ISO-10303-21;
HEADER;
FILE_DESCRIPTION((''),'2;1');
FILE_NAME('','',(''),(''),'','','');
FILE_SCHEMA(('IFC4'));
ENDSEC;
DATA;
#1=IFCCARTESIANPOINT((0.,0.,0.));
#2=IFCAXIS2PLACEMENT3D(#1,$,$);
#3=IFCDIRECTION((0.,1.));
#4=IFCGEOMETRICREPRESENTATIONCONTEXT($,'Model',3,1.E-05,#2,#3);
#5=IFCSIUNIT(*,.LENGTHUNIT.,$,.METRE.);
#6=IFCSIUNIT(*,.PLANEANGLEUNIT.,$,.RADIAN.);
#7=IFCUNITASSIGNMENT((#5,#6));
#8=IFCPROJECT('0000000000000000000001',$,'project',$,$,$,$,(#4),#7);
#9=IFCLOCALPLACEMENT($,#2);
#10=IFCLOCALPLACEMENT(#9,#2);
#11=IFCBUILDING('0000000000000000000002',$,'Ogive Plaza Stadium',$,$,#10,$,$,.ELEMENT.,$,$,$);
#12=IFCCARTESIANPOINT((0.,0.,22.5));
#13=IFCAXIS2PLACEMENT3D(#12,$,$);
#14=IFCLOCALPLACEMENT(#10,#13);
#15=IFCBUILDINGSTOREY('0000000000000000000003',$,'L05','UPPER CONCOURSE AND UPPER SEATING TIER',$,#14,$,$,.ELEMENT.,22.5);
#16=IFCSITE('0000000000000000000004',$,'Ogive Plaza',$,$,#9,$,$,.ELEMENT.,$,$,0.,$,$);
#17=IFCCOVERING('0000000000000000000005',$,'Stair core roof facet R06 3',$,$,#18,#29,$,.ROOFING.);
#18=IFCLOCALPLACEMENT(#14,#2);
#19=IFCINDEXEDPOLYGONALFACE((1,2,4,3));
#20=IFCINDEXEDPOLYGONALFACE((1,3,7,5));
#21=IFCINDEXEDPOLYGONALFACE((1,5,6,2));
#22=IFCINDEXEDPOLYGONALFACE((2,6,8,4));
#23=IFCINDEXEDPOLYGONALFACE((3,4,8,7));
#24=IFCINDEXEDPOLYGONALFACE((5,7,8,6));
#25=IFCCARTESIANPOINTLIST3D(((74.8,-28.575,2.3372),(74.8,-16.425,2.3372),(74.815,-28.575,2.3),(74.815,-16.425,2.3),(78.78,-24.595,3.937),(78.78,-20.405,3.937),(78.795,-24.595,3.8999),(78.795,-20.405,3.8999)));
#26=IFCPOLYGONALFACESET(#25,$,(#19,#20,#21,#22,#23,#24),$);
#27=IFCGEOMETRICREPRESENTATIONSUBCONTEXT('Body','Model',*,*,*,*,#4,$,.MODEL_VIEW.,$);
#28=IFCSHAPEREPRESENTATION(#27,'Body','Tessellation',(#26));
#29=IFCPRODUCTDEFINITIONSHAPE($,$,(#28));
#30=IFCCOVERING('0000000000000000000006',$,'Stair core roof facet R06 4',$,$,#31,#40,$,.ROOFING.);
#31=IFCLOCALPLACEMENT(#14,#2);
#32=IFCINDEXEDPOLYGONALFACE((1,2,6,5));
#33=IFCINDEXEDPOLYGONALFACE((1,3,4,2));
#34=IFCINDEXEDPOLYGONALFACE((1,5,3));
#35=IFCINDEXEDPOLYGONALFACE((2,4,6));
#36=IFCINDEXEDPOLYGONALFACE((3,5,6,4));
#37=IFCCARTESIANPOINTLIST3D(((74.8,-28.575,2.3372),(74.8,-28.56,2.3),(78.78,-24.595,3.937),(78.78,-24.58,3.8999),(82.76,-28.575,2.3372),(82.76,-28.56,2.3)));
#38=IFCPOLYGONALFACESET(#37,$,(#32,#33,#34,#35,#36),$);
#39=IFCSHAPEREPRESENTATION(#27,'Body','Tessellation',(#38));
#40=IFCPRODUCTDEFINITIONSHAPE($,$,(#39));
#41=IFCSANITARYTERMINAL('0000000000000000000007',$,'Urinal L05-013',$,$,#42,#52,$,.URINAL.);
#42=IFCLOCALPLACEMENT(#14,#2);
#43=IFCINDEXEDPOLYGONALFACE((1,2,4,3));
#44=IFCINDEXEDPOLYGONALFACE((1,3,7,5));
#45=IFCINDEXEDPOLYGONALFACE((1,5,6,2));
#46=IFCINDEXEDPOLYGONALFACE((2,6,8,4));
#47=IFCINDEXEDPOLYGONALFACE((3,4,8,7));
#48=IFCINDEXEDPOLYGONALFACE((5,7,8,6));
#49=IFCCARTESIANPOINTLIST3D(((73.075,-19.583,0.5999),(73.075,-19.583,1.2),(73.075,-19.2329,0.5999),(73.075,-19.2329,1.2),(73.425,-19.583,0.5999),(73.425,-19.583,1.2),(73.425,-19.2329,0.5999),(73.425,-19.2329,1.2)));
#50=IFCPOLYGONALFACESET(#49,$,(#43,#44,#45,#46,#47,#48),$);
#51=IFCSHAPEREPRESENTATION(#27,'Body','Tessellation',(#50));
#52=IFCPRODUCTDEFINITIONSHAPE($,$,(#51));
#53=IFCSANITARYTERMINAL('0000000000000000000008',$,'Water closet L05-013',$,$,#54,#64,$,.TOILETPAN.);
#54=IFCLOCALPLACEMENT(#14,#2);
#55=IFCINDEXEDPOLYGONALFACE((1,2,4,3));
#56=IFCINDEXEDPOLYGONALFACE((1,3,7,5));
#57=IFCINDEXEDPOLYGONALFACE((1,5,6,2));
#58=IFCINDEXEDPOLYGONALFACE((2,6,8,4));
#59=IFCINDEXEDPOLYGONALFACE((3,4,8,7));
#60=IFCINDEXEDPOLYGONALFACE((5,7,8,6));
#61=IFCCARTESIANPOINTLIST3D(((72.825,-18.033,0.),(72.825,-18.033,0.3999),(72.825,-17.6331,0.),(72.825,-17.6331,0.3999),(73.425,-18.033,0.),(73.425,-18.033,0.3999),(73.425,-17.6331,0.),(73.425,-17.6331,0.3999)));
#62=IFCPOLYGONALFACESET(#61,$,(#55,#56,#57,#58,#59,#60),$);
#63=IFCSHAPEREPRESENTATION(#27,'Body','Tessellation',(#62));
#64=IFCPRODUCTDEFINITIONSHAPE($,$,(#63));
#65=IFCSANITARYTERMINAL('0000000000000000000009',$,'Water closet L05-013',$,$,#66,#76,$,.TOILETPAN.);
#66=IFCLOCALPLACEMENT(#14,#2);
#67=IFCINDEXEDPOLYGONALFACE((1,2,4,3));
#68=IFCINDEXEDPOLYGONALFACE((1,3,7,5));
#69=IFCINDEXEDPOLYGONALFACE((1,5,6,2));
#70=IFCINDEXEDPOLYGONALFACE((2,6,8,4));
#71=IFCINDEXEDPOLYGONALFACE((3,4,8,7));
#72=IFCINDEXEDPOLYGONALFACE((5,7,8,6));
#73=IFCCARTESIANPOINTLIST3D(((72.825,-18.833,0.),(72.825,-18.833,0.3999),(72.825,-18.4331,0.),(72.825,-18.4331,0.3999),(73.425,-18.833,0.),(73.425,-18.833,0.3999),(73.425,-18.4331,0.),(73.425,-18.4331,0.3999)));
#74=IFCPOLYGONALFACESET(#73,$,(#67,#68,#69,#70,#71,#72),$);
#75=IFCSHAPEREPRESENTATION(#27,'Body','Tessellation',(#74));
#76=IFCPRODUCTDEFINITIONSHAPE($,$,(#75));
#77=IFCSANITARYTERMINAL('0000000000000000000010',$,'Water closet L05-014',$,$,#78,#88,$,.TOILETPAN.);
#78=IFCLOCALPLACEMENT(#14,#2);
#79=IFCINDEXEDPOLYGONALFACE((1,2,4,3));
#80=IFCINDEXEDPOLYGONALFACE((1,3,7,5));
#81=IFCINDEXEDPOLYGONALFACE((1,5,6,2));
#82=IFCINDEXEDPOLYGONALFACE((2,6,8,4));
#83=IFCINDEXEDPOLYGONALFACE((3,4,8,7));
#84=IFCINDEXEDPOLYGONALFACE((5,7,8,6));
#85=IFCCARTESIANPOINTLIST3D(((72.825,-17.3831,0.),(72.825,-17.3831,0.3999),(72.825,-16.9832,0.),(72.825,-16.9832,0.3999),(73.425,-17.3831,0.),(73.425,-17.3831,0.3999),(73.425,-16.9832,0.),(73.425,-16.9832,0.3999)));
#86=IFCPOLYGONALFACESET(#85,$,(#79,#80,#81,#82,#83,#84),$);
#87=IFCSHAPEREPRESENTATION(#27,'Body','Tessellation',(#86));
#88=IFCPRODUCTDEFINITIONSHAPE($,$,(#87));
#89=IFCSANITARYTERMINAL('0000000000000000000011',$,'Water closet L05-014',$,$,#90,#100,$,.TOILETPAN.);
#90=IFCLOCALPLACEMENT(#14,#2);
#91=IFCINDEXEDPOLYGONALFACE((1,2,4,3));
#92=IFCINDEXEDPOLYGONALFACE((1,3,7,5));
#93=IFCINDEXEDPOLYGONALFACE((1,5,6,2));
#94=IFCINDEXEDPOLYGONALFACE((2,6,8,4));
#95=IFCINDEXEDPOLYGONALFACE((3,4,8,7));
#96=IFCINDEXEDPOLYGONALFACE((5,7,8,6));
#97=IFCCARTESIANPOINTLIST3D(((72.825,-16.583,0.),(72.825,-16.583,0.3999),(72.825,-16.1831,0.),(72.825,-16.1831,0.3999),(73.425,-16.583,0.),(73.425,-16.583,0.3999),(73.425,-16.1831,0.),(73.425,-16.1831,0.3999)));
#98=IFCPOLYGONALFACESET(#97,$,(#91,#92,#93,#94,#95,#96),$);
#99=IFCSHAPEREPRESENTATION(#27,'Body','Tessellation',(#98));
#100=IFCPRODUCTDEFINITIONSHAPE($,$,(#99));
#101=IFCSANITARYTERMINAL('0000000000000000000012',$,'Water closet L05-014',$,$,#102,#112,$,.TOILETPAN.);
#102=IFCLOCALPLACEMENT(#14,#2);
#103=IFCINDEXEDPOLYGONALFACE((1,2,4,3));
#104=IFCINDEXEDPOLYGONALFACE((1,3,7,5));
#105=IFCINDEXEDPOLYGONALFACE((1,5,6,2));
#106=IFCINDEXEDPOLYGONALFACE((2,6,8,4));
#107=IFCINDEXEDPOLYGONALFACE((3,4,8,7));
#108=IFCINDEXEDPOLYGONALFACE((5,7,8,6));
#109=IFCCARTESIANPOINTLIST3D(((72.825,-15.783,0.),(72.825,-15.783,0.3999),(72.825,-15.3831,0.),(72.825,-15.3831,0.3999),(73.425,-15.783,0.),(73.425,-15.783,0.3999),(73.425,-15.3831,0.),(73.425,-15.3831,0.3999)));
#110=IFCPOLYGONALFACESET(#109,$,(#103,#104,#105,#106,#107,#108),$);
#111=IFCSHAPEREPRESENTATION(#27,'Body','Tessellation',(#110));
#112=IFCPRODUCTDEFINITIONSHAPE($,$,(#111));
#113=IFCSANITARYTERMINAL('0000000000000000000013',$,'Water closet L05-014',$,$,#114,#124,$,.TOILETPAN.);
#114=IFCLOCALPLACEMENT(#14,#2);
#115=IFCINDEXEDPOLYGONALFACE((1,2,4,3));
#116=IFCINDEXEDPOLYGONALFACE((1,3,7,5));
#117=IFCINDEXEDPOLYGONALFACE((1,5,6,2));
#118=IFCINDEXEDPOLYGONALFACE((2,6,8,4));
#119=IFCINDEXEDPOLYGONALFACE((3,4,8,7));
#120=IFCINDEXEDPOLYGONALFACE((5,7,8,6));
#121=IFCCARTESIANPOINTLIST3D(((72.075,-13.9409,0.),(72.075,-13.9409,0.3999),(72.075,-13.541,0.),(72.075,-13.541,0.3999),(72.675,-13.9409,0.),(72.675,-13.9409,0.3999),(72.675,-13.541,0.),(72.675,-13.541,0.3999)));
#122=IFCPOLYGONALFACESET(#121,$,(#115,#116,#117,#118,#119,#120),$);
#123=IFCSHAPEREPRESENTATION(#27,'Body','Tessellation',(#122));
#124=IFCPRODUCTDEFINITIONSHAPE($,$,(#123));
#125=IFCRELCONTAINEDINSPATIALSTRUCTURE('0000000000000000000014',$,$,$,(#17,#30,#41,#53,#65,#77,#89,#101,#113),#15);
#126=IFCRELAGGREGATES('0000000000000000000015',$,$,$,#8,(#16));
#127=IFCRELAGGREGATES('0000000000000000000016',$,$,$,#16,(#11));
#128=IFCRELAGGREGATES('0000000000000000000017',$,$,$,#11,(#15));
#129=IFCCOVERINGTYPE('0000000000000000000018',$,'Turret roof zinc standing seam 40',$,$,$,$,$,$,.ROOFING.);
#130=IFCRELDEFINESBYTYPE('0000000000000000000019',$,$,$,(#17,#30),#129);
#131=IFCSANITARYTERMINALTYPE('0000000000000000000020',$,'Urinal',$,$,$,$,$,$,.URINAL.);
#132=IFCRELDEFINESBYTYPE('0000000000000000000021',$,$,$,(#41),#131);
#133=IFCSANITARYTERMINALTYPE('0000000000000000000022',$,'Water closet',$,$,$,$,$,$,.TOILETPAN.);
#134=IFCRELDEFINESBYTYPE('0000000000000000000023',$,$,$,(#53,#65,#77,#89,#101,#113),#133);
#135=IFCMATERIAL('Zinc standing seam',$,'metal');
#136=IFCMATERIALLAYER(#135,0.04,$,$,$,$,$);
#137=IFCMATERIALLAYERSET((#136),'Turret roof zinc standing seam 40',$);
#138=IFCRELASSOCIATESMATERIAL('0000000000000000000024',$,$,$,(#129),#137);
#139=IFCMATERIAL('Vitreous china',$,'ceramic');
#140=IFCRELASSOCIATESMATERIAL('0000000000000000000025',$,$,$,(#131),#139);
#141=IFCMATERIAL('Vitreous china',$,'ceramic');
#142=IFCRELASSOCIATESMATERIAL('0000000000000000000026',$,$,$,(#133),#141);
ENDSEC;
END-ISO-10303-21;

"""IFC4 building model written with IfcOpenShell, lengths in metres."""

from ifc_helpers import new_model, si_unit, direction, frame, origin, origin_2d, place, context, subcontext, project, spatial, polyline, rectangle, outline, extrude, material, layer, layer_set, type_object, element, save


model = new_model("IFC4")

# Units and contexts
model_context = context("Model", 3, precision=1e-05, world=origin(), true_north=direction((0.0, 1.0)))
body_context = subcontext(model_context, "Body", "Model", "MODEL_VIEW")
ifc_project = project(units=[si_unit("LENGTHUNIT", "METRE"), si_unit("PLANEANGLEUNIT", "RADIAN")], contexts=[model_context])

# Site, building, storey
site_placement = place(None, origin())
site = spatial("IfcSite", under=ifc_project, at=site_placement, Name="Ogive Plaza", CompositionType="ELEMENT", RefElevation=0.0)
building_placement = place(site_placement, origin())
building = spatial("IfcBuilding", under=site, at=building_placement, Name="Ogive Plaza Stadium", CompositionType="ELEMENT")
storey_placement = place(building_placement, frame((0.0, 0.0, 22.5)))
storey = spatial("IfcBuildingStorey", under=building, at=storey_placement, Name="L05", Description="UPPER CONCOURSE AND UPPER SEATING TIER", CompositionType="ELEMENT", Elevation=22.5)

# Coverings
ifc_material_1 = material(Name="Zinc standing seam", Category="metal")
ifc_layer_1 = layer(ifc_material_1, 0.04)
ifc_layer_set_1 = layer_set([ifc_layer_1], Name="Turret roof zinc standing seam 40")
covering_type = type_object("IfcCoveringType", Name="Turret roof zinc standing seam 40", PredefinedType="ROOFING", material=ifc_layer_set_1)
covering_1_placement = place(storey_placement, frame((74.8, -16.425, 2.3372), z_axis=(-0.37297, 0.0, 0.927843), x_axis=(0.0, -1.0, 0.0)))
element("IfcCovering", 1, at=covering_1_placement, inside=storey, type_object=covering_type, Name="Stair core roof facet R06 3", PredefinedType="ROOFING", context=body_context, shape_type="SweptSolid", body=[
    extrude(outline(polyline([(0.0, 0.0), (12.1499, 0.0), (8.1699, 4.2895), (3.98, 4.2895), (0.0, 0.0)])), origin(), (0.0, 0.0, -1.0), 0.04),
])
covering_2_placement = place(storey_placement, frame((74.8, -28.575, 2.3372), z_axis=(0.0, -0.37297, 0.927843), x_axis=(1.0, 0.0, 0.0)))
element("IfcCovering", 2, at=covering_2_placement, inside=storey, type_object=covering_type, Name="Stair core roof facet R06 4", PredefinedType="ROOFING", context=body_context, shape_type="SweptSolid", body=[
    extrude(outline(polyline([(0.0, 0.0), (7.96, 0.0), (3.98, 4.2895), (0.0, 0.0)])), origin(), (0.0, 0.0, -1.0), 0.04),
])

# Sanitary terminals
ifc_material_2 = material(Name="Vitreous china", Category="ceramic")
sanitary_terminal_type_1 = type_object("IfcSanitaryTerminalType", Name="Urinal", PredefinedType="URINAL", material=ifc_material_2)
sanitary_terminal_placement = place(storey_placement, frame((73.25, -19.408, 0.5999), z_axis=(0.0, 0.0, 1.0), x_axis=(0.0, -1.0, 0.0)))
element("IfcSanitaryTerminal", 3, at=sanitary_terminal_placement, inside=storey, type_object=sanitary_terminal_type_1, Name="Urinal L05-013", PredefinedType="URINAL", context=body_context, shape_type="SweptSolid", body=[
    extrude(rectangle(XDim=0.3501, YDim=0.3501, at=origin_2d()), origin(), (0.0, 0.0, 1.0), 0.6001),
])
ifc_material_3 = material(Name="Vitreous china", Category="ceramic")
sanitary_terminal_type_2 = type_object("IfcSanitaryTerminalType", Name="Water closet", PredefinedType="TOILETPAN", material=ifc_material_3)
for number, where, z_axis, x_axis, name in (
    (4, (73.125, -17.833, 0.0), (0.0, 0.0, 1.0), (0.0, -1.0, 0.0), "Water closet L05-013"),
    (5, (73.125, -18.6331, 0.0), (0.0, 0.0, 1.0), (0.0, -1.0, 0.0), "Water closet L05-013"),
    (6, (73.125, -17.1831, 0.0), (0.0, 0.0, 1.0), (0.0, 1.0, 0.0), "Water closet L05-014"),
    (7, (73.125, -16.3831, 0.0), (0.0, 0.0, 1.0), (0.0, 1.0, 0.0), "Water closet L05-014"),
    (8, (73.125, -15.583, 0.0), (0.0, 0.0, 1.0), (0.0, 1.0, 0.0), "Water closet L05-014"),
    (9, (72.375, -13.741, 0.0), (0.0, 0.0, 1.0), (0.0, -1.0, 0.0), "Water closet L05-014"),
):
    element("IfcSanitaryTerminal", number, at=place(storey_placement, frame(where, z_axis=z_axis, x_axis=x_axis)), inside=storey, type_object=sanitary_terminal_type_2, Name=name, PredefinedType="TOILETPAN", context=body_context, shape_type="SweptSolid", body=[
        extrude(rectangle(XDim=0.3999, YDim=0.6001, at=origin_2d()), origin(), (0.0, 0.0, 1.0), 0.3999),
    ])

save(model, "model.ifc")
